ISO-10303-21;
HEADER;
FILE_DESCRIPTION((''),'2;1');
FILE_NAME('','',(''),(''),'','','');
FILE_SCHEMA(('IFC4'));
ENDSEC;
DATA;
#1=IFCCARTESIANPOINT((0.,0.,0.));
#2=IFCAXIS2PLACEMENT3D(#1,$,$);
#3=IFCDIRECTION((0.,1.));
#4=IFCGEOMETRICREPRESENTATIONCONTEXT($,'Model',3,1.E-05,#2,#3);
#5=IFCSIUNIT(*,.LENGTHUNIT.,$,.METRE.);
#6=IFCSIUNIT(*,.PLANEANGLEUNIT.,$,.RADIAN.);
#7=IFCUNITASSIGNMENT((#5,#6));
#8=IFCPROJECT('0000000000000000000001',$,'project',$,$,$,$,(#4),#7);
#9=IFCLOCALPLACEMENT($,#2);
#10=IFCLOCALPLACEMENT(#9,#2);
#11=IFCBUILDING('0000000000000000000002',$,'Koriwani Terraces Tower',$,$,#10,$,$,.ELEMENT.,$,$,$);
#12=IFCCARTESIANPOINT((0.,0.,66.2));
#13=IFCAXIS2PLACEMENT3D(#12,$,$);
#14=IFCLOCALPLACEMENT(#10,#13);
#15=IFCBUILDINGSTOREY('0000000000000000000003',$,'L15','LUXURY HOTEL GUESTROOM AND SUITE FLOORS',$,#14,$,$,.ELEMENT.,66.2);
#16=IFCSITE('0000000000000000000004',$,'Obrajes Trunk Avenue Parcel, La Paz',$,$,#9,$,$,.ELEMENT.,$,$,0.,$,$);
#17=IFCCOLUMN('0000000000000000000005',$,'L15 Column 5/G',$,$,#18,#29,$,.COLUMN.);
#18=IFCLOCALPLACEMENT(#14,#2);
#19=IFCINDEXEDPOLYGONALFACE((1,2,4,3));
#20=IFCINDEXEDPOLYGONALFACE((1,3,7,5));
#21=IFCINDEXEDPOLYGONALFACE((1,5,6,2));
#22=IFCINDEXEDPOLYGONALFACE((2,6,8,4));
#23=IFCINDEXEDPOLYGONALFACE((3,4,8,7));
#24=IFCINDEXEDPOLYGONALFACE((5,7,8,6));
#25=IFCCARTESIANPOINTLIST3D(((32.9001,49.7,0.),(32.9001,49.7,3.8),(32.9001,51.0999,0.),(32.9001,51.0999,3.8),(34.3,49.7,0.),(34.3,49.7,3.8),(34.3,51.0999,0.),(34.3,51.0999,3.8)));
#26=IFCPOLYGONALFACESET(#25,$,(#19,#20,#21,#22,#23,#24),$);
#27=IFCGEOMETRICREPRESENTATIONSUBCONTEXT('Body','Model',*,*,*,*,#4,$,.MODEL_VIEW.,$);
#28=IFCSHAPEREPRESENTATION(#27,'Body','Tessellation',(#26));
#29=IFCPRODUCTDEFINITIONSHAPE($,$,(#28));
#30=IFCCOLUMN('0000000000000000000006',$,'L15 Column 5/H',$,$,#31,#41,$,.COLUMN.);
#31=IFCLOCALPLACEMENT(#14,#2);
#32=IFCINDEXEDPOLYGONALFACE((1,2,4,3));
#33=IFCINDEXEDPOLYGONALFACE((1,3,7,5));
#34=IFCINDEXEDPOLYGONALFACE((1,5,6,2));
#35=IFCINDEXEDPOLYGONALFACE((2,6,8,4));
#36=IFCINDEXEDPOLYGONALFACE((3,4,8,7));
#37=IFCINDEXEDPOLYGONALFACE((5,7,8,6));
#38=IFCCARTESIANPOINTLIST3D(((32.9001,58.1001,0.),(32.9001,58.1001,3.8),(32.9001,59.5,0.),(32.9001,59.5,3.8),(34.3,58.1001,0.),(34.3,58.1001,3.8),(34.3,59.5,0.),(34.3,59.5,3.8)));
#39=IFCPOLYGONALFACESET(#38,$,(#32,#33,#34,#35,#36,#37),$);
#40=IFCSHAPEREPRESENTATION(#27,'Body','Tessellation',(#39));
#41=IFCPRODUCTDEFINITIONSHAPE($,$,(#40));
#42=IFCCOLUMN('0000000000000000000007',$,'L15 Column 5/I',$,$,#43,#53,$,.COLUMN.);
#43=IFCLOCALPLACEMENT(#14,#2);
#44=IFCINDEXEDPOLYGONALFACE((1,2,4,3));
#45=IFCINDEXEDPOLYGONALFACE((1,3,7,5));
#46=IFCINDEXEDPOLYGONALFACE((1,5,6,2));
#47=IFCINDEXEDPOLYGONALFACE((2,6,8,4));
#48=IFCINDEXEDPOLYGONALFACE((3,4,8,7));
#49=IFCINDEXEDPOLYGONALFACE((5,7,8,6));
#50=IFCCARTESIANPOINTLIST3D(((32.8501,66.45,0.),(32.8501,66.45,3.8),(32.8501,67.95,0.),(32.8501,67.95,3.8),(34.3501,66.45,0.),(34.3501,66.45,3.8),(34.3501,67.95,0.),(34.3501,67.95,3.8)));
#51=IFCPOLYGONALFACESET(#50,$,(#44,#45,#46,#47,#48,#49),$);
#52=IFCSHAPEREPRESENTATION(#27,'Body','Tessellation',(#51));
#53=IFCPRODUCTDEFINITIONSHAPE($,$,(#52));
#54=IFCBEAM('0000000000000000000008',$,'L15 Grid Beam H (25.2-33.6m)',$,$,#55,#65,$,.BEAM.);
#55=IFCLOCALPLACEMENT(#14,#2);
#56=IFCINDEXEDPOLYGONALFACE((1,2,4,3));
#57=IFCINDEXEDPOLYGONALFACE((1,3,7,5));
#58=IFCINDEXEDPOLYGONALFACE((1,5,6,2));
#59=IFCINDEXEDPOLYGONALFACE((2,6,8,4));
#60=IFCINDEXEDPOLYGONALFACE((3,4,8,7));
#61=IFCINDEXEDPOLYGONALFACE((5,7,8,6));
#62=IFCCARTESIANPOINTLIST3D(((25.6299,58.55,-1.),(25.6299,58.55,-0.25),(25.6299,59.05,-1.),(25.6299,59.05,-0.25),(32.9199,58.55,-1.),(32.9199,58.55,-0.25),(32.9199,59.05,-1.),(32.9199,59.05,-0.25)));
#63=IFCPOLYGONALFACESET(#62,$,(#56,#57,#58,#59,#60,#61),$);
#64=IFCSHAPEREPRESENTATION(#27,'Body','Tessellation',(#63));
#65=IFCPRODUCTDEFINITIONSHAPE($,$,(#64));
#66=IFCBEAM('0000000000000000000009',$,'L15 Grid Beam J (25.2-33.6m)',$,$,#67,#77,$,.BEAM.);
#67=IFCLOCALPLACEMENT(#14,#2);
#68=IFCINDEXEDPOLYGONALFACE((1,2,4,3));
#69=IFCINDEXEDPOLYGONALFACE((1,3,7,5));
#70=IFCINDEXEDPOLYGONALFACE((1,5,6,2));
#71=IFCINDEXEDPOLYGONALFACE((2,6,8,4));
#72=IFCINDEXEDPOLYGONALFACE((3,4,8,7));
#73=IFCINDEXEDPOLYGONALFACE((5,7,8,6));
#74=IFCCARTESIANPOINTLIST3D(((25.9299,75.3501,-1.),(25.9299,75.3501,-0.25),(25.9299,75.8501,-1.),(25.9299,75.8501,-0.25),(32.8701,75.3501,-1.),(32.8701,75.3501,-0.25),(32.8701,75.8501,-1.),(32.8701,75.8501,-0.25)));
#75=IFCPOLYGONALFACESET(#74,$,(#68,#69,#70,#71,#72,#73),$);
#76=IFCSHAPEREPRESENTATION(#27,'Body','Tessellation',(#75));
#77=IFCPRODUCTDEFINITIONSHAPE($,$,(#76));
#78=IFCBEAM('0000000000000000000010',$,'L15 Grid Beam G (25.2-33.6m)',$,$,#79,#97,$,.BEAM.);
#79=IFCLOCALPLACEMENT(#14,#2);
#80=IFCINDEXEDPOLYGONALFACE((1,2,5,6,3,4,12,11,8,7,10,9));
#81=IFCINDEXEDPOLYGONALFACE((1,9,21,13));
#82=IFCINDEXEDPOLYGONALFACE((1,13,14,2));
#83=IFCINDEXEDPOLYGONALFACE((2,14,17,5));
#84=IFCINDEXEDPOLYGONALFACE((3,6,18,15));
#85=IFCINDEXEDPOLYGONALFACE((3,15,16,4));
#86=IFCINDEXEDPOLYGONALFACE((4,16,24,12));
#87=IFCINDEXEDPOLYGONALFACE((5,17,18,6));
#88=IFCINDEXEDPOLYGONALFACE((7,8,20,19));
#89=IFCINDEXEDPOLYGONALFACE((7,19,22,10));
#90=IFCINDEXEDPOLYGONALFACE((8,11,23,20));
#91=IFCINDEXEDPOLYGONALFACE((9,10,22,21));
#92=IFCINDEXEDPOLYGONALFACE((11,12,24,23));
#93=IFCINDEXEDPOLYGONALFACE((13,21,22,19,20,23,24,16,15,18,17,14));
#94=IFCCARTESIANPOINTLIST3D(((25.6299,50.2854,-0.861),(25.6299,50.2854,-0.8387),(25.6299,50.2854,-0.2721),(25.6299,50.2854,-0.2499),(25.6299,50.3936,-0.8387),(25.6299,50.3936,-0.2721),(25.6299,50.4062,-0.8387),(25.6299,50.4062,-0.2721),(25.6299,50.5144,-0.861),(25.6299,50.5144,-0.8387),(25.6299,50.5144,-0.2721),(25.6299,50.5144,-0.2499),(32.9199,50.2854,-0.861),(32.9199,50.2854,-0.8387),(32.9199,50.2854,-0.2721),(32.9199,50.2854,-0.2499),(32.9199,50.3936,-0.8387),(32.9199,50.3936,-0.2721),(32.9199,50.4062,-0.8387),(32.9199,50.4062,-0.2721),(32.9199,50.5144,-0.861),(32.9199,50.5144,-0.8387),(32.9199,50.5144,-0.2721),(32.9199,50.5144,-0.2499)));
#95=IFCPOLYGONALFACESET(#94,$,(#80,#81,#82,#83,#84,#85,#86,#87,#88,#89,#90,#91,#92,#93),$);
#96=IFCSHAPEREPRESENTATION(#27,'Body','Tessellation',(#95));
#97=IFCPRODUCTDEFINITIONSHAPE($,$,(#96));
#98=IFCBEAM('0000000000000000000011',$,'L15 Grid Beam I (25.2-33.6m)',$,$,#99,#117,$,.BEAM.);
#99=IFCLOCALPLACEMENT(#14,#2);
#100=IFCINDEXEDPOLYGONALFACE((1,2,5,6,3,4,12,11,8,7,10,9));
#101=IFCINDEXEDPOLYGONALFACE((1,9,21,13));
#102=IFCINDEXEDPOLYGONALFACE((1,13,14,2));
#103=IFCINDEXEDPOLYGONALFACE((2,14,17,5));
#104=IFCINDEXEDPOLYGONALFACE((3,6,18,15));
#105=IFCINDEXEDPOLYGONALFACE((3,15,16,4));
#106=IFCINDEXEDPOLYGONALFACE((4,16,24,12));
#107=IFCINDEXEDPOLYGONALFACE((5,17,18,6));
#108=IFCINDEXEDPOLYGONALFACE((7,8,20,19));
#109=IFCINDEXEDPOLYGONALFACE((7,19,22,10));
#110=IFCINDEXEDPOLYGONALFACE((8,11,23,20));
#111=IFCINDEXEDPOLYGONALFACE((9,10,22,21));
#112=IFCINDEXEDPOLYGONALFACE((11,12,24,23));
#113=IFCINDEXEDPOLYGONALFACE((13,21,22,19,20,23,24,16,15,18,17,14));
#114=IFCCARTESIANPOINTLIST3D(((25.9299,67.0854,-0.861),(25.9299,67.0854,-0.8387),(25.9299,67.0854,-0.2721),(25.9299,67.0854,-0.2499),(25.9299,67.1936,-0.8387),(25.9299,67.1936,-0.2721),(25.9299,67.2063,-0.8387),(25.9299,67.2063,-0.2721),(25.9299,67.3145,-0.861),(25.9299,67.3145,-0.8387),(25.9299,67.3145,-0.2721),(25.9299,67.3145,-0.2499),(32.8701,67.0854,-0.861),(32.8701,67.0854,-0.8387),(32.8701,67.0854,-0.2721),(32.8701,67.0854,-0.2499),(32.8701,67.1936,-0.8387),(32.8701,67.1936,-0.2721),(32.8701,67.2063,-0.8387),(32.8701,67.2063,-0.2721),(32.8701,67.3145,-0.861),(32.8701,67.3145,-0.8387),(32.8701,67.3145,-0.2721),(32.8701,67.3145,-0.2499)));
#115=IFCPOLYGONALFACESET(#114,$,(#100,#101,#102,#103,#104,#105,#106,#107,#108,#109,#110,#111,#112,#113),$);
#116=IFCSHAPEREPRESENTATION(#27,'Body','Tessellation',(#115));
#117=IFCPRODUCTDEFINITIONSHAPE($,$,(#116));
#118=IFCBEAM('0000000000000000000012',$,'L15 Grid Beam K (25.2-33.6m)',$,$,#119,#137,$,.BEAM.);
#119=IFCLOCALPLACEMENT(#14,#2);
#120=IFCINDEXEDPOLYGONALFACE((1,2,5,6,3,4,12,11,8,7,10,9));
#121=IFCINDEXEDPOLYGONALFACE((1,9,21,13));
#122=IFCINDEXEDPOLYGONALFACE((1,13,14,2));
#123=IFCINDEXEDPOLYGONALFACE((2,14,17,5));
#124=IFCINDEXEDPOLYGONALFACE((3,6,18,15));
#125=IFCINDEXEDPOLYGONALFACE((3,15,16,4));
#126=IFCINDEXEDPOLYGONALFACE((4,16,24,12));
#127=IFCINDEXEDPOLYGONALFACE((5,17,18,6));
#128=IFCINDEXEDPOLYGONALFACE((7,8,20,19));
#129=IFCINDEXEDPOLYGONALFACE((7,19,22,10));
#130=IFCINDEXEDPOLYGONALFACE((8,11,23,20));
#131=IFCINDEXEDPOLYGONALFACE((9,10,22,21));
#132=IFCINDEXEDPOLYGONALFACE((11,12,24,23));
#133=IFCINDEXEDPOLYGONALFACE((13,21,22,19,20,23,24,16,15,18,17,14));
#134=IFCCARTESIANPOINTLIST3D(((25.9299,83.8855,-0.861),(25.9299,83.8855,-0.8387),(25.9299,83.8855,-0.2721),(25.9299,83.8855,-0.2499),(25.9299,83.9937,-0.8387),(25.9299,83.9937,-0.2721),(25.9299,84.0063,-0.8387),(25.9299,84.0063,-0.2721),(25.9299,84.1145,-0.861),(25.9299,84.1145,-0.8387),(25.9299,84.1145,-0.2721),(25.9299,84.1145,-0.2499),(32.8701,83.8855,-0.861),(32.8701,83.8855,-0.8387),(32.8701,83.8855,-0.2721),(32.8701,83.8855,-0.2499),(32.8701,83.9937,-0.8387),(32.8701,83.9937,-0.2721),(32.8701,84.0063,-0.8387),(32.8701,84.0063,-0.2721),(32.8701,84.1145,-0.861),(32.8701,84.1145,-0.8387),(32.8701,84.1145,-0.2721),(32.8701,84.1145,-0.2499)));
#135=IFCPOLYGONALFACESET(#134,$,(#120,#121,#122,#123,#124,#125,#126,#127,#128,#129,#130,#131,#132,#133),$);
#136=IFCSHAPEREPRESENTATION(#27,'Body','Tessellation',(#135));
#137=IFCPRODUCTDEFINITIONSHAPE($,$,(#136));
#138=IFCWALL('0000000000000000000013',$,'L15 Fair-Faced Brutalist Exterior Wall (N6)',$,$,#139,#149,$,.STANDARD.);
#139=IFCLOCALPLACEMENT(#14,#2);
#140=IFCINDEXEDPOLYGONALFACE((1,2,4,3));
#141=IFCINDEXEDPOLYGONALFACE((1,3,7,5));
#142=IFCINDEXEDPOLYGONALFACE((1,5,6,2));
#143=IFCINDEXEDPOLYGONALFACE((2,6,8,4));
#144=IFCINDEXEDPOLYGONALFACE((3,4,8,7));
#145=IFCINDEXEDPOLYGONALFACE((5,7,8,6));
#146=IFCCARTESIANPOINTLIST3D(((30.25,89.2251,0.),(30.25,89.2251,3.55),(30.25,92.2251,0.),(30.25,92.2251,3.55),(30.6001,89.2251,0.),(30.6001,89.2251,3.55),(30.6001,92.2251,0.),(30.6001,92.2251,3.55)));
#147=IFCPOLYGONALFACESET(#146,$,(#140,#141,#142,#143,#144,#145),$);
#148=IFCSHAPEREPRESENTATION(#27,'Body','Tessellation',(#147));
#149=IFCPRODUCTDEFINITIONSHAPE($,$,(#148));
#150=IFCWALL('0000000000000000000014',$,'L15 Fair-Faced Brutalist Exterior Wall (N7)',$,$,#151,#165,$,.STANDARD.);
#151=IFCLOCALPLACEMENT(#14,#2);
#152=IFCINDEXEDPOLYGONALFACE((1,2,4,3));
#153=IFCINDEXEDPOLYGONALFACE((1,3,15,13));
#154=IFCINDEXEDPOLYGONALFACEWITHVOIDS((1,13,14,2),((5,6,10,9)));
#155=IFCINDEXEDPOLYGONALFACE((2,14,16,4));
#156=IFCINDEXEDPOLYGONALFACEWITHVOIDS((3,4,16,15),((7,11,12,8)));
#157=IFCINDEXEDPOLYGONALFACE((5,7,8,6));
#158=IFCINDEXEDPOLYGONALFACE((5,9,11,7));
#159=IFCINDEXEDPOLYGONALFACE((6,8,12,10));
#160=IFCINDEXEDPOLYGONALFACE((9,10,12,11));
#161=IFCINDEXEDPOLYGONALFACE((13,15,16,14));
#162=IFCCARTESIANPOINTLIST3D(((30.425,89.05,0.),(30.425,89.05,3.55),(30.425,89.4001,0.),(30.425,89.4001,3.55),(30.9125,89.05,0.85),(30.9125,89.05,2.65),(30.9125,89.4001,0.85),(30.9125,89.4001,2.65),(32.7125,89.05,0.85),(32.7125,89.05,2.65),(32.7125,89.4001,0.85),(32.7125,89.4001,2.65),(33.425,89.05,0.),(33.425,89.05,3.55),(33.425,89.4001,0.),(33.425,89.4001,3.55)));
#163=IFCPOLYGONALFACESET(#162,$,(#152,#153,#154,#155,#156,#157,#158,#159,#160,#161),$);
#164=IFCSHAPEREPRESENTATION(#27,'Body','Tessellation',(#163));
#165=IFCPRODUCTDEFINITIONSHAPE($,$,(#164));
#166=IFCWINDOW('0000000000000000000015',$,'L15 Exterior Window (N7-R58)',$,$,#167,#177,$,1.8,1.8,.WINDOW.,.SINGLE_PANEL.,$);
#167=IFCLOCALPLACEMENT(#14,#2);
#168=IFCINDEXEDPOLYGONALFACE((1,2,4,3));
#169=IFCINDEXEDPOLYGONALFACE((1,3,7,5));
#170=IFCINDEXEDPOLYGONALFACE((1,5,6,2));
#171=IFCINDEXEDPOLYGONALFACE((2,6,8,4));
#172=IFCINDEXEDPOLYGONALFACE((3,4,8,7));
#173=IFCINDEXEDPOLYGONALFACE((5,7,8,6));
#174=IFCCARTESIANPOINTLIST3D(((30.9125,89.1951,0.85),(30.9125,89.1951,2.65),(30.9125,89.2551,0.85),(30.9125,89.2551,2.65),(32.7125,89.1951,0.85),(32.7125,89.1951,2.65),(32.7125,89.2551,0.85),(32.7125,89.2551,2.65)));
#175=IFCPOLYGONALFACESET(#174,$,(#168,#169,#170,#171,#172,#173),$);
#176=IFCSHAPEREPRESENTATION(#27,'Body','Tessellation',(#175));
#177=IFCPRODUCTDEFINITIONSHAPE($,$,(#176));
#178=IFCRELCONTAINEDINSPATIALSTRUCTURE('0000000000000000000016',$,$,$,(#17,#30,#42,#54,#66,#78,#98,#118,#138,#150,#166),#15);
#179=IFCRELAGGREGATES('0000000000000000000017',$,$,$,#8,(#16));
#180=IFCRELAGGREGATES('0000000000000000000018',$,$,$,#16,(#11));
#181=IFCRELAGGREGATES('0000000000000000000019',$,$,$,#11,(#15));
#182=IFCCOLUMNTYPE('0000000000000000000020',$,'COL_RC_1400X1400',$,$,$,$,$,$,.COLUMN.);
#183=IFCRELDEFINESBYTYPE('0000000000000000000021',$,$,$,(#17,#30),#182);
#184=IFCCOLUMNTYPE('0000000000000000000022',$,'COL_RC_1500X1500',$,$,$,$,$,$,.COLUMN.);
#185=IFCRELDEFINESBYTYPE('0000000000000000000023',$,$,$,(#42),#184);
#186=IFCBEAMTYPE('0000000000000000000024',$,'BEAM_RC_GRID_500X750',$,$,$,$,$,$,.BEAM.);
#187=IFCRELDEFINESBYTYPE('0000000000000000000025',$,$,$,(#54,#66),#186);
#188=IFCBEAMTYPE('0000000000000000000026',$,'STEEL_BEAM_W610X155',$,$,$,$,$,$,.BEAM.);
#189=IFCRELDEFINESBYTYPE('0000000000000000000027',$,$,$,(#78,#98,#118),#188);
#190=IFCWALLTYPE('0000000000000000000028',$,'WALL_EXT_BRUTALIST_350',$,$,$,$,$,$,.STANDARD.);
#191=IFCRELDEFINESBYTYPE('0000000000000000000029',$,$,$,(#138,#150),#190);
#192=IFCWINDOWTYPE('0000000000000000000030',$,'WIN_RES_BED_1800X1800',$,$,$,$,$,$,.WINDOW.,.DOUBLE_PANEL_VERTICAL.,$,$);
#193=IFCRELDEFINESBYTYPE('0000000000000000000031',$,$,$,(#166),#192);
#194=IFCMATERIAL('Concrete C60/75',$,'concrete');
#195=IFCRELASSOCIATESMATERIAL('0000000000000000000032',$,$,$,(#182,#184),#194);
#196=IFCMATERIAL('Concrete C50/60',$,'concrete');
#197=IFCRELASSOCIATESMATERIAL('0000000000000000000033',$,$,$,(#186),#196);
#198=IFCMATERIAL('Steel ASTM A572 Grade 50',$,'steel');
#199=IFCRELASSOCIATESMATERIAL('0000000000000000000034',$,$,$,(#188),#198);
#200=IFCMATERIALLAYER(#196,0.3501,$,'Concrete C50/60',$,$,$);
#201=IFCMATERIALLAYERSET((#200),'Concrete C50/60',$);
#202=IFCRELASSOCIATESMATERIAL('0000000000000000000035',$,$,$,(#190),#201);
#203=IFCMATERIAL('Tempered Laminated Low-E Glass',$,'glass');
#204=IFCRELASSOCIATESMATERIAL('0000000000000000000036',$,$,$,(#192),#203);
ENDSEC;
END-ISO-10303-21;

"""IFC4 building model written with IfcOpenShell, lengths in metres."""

from ifc_helpers import new_model, si_unit, direction, frame, frame_2d, origin, origin_2d, place, context, subcontext, project, spatial, rectangle, i_section, extrude, material, layer, layer_set, material_profile, profile_set, type_object, element, fill, save


model = new_model("IFC4")

# Units and contexts
model_context = context("Model", 3, precision=1e-05, world=origin(), true_north=direction((0.0, 1.0)))
body_context = subcontext(model_context, "Body", "Model", "MODEL_VIEW")
ifc_project = project(units=[si_unit("LENGTHUNIT", "METRE"), si_unit("PLANEANGLEUNIT", "RADIAN")], contexts=[model_context])

# Site, building, storey
site_placement = place(None, origin())
site = spatial("IfcSite", under=ifc_project, at=site_placement, Name="Obrajes Trunk Avenue Parcel, La Paz", CompositionType="ELEMENT", RefElevation=0.0)
building_placement = place(site_placement, origin())
building = spatial("IfcBuilding", under=site, at=building_placement, Name="Koriwani Terraces Tower", CompositionType="ELEMENT")
storey_placement = place(building_placement, frame((0.0, 0.0, 66.2)))
storey = spatial("IfcBuildingStorey", under=building, at=storey_placement, Name="L15", Description="LUXURY HOTEL GUESTROOM AND SUITE FLOORS", CompositionType="ELEMENT", Elevation=66.2)

# Columns
ifc_material_1 = material(Name="Concrete C60/75", Category="concrete")
ifc_material_profile_1 = material_profile(ifc_material_1, rectangle(XDim=1.3999, YDim=1.3999, at=origin_2d()), Name="Concrete C60/75", Category="LoadBearing")
ifc_profile_set_1 = profile_set([ifc_material_profile_1], Name="Concrete C60/75")
column_type_1 = type_object("IfcColumnType", Name="COL_RC_1400X1400", PredefinedType="COLUMN", material=ifc_profile_set_1)
for number, where, z_axis, x_axis, name in (
    (1, (33.6001, 50.3999, 0.0), (0.0, 0.0, 1.0), (1.0, 0.0, 0.0), "L15 Column 5/G"),
    (2, (33.6001, 58.8, 0.0), (0.0, 0.0, 1.0), (1.0, 0.0, 0.0), "L15 Column 5/H"),
):
    element("IfcColumn", number, at=place(storey_placement, frame(where, z_axis=z_axis, x_axis=x_axis)), inside=storey, type_object=column_type_1, Name=name, PredefinedType="COLUMN", context=body_context, shape_type="SweptSolid", body=[
        extrude(rectangle(XDim=1.3999, YDim=1.3999, at=origin_2d()), origin(), (0.0, 0.0, 1.0), 3.8),
    ])
ifc_material_profile_2 = material_profile(ifc_material_1, rectangle(XDim=1.5, YDim=1.5, at=origin_2d()), Name="Concrete C60/75", Category="LoadBearing")
ifc_profile_set_2 = profile_set([ifc_material_profile_2], Name="Concrete C60/75")
column_type_2 = type_object("IfcColumnType", Name="COL_RC_1500X1500", PredefinedType="COLUMN", material=ifc_profile_set_2)
column_placement = place(storey_placement, frame((33.6001, 67.2, 0.0), z_axis=(0.0, 0.0, 1.0), x_axis=(1.0, 0.0, 0.0)))
element("IfcColumn", 3, at=column_placement, inside=storey, type_object=column_type_2, Name="L15 Column 5/I", PredefinedType="COLUMN", context=body_context, shape_type="SweptSolid", body=[
    extrude(rectangle(XDim=1.5, YDim=1.5, at=origin_2d()), origin(), (0.0, 0.0, 1.0), 3.8),
])

# Beams
ifc_material_2 = material(Name="Concrete C50/60", Category="concrete")
ifc_material_profile_3 = material_profile(ifc_material_2, rectangle(XDim=0.5, YDim=0.75, at=origin_2d()), Name="Concrete C50/60", Category="LoadBearing")
ifc_profile_set_3 = profile_set([ifc_material_profile_3], Name="Concrete C50/60")
beam_type_1 = type_object("IfcBeamType", Name="BEAM_RC_GRID_500X750", PredefinedType="BEAM", material=ifc_profile_set_3)
beam_1_placement = place(storey_placement, frame((25.6299, 58.8, -0.625), z_axis=(1.0, 0.0, 0.0), x_axis=(0.0, 1.0, 0.0)))
element("IfcBeam", 4, at=beam_1_placement, inside=storey, type_object=beam_type_1, Name="L15 Grid Beam H (25.2-33.6m)", PredefinedType="BEAM", context=body_context, shape_type="SweptSolid", body=[
    extrude(rectangle(XDim=0.5, YDim=0.75, at=origin_2d()), origin(), (0.0, 0.0, 1.0), 7.29),
])
beam_2_placement = place(storey_placement, frame((25.9299, 75.6001, -0.625), z_axis=(1.0, 0.0, 0.0), x_axis=(0.0, 1.0, 0.0)))
element("IfcBeam", 5, at=beam_2_placement, inside=storey, type_object=beam_type_1, Name="L15 Grid Beam J (25.2-33.6m)", PredefinedType="BEAM", context=body_context, shape_type="SweptSolid", body=[
    extrude(rectangle(XDim=0.5, YDim=0.75, at=origin_2d()), origin(), (0.0, 0.0, 1.0), 6.9402),
])
ifc_material_3 = material(Name="Steel ASTM A572 Grade 50", Category="steel")
ifc_material_profile_4 = material_profile(ifc_material_3, i_section(OverallWidth=0.229, OverallDepth=0.6111, WebThickness=0.0127, FlangeThickness=0.0222, at=origin_2d()), Name="Steel ASTM A572 Grade 50", Category="LoadBearing")
ifc_profile_set_4 = profile_set([ifc_material_profile_4], Name="Steel ASTM A572 Grade 50")
beam_type_2 = type_object("IfcBeamType", Name="STEEL_BEAM_W610X155", PredefinedType="BEAM", material=ifc_profile_set_4)
beam_3_placement = place(storey_placement, frame((25.6299, 50.3999, -0.5554), z_axis=(1.0, 0.0, 0.0), x_axis=(0.0, 1.0, 0.0)))
element("IfcBeam", 6, at=beam_3_placement, inside=storey, type_object=beam_type_2, Name="L15 Grid Beam G (25.2-33.6m)", PredefinedType="BEAM", context=body_context, shape_type="SweptSolid", body=[
    extrude(i_section(OverallWidth=0.229, OverallDepth=0.6111, WebThickness=0.0127, FlangeThickness=0.0222, at=origin_2d()), origin(), (0.0, 0.0, 1.0), 7.29),
])
for number, where, z_axis, x_axis, name in (
    (7, (25.9299, 67.2, -0.5554), (1.0, 0.0, 0.0), (0.0, 1.0, 0.0), "L15 Grid Beam I (25.2-33.6m)"),
    (8, (25.9299, 84.0, -0.5554), (1.0, 0.0, 0.0), (0.0, 1.0, 0.0), "L15 Grid Beam K (25.2-33.6m)"),
):
    element("IfcBeam", number, at=place(storey_placement, frame(where, z_axis=z_axis, x_axis=x_axis)), inside=storey, type_object=beam_type_2, Name=name, PredefinedType="BEAM", context=body_context, shape_type="SweptSolid", body=[
        extrude(i_section(OverallWidth=0.229, OverallDepth=0.6111, WebThickness=0.0127, FlangeThickness=0.0222, at=origin_2d()), origin(), (0.0, 0.0, 1.0), 6.9402),
    ])

# Wall
ifc_layer_1 = layer(ifc_material_2, 0.3501, Name="Concrete C50/60")
ifc_layer_set_1 = layer_set([ifc_layer_1], Name="Concrete C50/60")
wall_type_1 = type_object("IfcWallType", Name="WALL_EXT_BRUTALIST_350", PredefinedType="STANDARD", material=ifc_layer_set_1)
wall_1_placement = place(storey_placement, frame((30.425, 92.2251, 0.0), z_axis=(0.0, 0.0, 1.0), x_axis=(0.0, -1.0, 0.0)))
element("IfcWall", 9, at=wall_1_placement, inside=storey, type_object=wall_type_1, Name="L15 Fair-Faced Brutalist Exterior Wall (N6)", PredefinedType="STANDARD", context=body_context, shape_type="SweptSolid", body=[
    extrude(rectangle(XDim=3.0, YDim=0.3501, at=frame_2d((1.5, 0.0))), origin(), (0.0, 0.0, 1.0), 3.55),
])

# Wall, opening, window
wall_2_placement = place(storey_placement, frame((30.425, 89.2251, 0.0), z_axis=(0.0, 0.0, 1.0), x_axis=(1.0, 0.0, 0.0)))
wall_2 = element("IfcWall", 10, at=wall_2_placement, inside=storey, type_object=wall_type_1, Name="L15 Fair-Faced Brutalist Exterior Wall (N7)", PredefinedType="STANDARD", context=body_context, shape_type="SweptSolid", body=[
    extrude(rectangle(XDim=3.0, YDim=0.3501, at=frame_2d((1.5, 0.0))), origin(), (0.0, 0.0, 1.0), 3.55),
])
opening_1_placement = place(wall_2_placement, frame((0.4875, 0.0, 0.8501)))
opening_1 = element("IfcOpeningElement", 11, at=opening_1_placement, cuts=wall_2, PredefinedType="OPENING", context=body_context, shape_type="SweptSolid", body=[
    extrude(rectangle(XDim=1.8, YDim=1.8, at=frame_2d((0.8999, 0.8999))), frame((0.0, 0.1851, 0.0), z_axis=(0.0, -1.0, 0.0), x_axis=(1.0, 0.0, 0.0)), (0.0, 0.0, 1.0), 0.3701),
])
ifc_material_4 = material(Name="Tempered Laminated Low-E Glass", Category="glass")
window_type_1 = type_object("IfcWindowType", Name="WIN_RES_BED_1800X1800", PartitioningType="DOUBLE_PANEL_VERTICAL", PredefinedType="WINDOW", material=ifc_material_4)
window_1_placement = place(opening_1_placement, origin())
window_1 = element("IfcWindow", 12, at=window_1_placement, inside=storey, type_object=window_type_1, Name="L15 Exterior Window (N7-R58)", OverallHeight=1.8, OverallWidth=1.8, PartitioningType="SINGLE_PANEL", PredefinedType="WINDOW", context=body_context, shape_type="SweptSolid", body=[
    extrude(rectangle(XDim=1.8, YDim=1.8, at=frame_2d((0.8999, 0.8999))), frame((0.0, 0.03, 0.0), z_axis=(0.0, -1.0, 0.0), x_axis=(1.0, 0.0, 0.0)), (0.0, 0.0, 1.0), 0.0601),
])
fill(opening_1, window_1)

save(model, "model.ifc")
